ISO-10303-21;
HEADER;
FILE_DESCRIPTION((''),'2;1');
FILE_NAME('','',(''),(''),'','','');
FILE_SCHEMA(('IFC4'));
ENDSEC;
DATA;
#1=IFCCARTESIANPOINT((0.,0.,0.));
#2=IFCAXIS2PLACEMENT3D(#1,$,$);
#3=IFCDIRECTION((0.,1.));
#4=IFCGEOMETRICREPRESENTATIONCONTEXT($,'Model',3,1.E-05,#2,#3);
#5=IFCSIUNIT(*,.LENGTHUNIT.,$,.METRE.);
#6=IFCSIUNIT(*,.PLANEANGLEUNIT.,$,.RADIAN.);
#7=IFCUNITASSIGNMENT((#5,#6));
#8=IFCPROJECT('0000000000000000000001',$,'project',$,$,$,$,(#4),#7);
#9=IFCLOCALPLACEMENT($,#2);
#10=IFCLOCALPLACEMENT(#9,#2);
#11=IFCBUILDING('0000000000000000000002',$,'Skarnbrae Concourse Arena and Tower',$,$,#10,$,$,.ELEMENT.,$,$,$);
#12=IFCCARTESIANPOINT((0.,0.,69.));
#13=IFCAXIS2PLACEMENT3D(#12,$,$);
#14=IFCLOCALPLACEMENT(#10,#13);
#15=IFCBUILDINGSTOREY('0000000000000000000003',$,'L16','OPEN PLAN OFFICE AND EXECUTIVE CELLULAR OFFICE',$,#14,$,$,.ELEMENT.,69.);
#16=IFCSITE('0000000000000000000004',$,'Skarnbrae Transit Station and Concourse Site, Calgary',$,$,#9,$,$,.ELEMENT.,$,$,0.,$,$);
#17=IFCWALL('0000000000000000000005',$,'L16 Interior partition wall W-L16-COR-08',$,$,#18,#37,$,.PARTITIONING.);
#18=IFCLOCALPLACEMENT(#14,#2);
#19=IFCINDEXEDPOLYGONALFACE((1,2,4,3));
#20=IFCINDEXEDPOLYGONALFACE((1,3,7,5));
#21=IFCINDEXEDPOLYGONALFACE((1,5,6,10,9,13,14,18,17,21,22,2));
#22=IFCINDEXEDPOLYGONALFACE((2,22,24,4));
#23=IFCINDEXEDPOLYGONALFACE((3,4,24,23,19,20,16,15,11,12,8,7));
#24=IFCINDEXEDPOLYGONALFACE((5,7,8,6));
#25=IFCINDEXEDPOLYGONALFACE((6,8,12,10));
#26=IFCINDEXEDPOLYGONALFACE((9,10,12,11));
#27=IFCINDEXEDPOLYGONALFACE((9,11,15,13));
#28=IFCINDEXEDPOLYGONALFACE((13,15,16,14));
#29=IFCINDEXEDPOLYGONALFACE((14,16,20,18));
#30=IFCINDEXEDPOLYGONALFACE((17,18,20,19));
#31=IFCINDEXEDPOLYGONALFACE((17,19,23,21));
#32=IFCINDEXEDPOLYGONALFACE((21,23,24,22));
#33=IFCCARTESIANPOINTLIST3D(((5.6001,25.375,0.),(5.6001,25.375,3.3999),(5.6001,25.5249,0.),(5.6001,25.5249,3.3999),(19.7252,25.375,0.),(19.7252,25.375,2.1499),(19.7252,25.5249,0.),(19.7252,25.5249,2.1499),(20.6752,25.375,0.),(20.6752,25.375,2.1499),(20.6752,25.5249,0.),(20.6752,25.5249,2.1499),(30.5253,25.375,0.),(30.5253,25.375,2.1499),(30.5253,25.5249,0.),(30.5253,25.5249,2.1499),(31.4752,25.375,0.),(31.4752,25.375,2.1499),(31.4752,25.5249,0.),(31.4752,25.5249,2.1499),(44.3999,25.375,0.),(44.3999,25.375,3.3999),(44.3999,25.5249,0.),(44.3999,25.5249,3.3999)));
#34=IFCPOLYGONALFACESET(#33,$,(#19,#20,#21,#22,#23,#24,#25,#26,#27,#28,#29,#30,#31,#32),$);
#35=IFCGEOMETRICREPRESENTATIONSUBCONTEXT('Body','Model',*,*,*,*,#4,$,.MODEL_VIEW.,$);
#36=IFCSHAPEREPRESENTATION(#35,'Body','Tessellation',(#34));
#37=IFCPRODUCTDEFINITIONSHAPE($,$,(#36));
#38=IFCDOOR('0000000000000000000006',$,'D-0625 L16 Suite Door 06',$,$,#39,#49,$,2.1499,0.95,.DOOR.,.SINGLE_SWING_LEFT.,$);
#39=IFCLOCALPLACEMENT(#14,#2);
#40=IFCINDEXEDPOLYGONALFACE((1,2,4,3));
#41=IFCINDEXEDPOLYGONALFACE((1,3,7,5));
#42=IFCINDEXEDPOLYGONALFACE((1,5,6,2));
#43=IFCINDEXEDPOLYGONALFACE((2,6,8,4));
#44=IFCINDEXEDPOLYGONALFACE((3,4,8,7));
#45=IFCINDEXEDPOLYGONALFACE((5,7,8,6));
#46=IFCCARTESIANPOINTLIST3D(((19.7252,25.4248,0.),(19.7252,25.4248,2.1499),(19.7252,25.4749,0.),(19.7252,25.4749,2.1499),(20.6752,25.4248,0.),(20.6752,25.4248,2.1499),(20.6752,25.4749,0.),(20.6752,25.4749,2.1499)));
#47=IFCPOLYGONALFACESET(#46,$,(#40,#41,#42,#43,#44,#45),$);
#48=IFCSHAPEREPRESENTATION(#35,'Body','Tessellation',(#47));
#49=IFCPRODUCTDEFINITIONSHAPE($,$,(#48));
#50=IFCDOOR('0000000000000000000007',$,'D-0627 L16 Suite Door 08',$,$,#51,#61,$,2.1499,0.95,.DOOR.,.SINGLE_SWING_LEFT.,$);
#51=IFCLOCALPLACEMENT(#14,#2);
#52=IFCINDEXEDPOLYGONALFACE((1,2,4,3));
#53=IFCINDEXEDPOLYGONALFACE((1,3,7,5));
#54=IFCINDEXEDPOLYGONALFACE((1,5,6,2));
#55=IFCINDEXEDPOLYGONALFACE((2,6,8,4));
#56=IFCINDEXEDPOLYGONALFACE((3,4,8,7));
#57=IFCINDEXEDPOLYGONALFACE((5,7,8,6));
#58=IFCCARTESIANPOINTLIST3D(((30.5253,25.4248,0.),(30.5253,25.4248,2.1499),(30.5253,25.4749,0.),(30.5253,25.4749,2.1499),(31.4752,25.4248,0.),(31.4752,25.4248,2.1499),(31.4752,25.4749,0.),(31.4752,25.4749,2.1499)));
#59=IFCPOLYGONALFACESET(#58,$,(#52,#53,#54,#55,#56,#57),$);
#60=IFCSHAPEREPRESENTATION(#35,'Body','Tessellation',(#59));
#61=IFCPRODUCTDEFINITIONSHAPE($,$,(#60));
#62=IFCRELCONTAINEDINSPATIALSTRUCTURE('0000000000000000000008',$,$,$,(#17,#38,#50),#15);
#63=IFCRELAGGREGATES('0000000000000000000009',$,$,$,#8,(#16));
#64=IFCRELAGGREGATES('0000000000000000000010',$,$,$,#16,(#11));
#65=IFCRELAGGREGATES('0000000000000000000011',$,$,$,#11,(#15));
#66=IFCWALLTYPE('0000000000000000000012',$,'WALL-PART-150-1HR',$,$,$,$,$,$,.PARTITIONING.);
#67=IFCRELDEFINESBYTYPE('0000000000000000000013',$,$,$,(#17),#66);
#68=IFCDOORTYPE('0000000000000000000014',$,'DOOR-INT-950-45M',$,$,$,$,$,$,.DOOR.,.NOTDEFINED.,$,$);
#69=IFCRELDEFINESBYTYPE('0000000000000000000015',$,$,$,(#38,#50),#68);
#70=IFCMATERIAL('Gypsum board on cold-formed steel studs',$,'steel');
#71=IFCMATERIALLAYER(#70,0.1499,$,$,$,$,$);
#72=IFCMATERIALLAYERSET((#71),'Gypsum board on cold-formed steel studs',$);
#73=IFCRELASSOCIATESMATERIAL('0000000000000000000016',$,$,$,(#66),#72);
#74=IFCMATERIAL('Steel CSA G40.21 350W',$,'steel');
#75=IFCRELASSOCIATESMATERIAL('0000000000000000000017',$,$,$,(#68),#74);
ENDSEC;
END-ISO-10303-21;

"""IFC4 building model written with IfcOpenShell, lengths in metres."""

from ifc_helpers import new_model, si_unit, direction, frame, frame_2d, origin, place, context, subcontext, project, spatial, rectangle, extrude, source, transform, mapped, material, layer, layer_set, type_object, element, fill, save


model = new_model("IFC4")

# Units and contexts
model_context = context("Model", 3, precision=1e-05, world=origin(), true_north=direction((0.0, 1.0)))
body_context = subcontext(model_context, "Body", "Model", "MODEL_VIEW")
ifc_project = project(units=[si_unit("LENGTHUNIT", "METRE"), si_unit("PLANEANGLEUNIT", "RADIAN")], contexts=[model_context])

# Site, building, storey
site_placement = place(None, origin())
site = spatial("IfcSite", under=ifc_project, at=site_placement, Name="Skarnbrae Transit Station and Concourse Site, Calgary", CompositionType="ELEMENT", RefElevation=0.0)
building_placement = place(site_placement, origin())
building = spatial("IfcBuilding", under=site, at=building_placement, Name="Skarnbrae Concourse Arena and Tower", CompositionType="ELEMENT")
storey_placement = place(building_placement, frame((0.0, 0.0, 69.0)))
storey = spatial("IfcBuildingStorey", under=building, at=storey_placement, Name="L16", Description="OPEN PLAN OFFICE AND EXECUTIVE CELLULAR OFFICE", CompositionType="ELEMENT", Elevation=69.0)

# Shared definitions
ifc_material_1 = material(Name="Steel CSA G40.21 350W", Category="steel")

# Shared definitions
ifc_material_2 = material(Name="Gypsum board on cold-formed steel studs", Category="steel")
ifc_layer_1 = layer(ifc_material_2, 0.1499)
ifc_layer_set_1 = layer_set([ifc_layer_1], Name="Gypsum board on cold-formed steel studs")
wall_type = type_object("IfcWallType", Name="WALL-PART-150-1HR", PredefinedType="PARTITIONING", material=ifc_layer_set_1)

# Shared definitions
door_type = type_object("IfcDoorType", Name="DOOR-INT-950-45M", OperationType="NOTDEFINED", PredefinedType="DOOR", material=ifc_material_1)
shared_shape_1 = source(origin(), body_context, "Body", "SweptSolid", [
    extrude(rectangle(XDim=0.95, YDim=2.1499, at=frame_2d((0.4751, 1.075))), frame((0.0, 0.0249, 0.0), z_axis=(0.0, -1.0, 0.0), x_axis=(1.0, 0.0, 0.0)), (0.0, 0.0, 1.0), 0.05),
])

# Wall, openings, doors
shared_shape_2 = source(origin(), body_context, "Body", "SweptSolid", [
    extrude(rectangle(XDim=38.7998, YDim=0.1499, at=frame_2d((19.3999, 0.0))), origin(), (0.0, 0.0, 1.0), 3.3999),
])
wall_1_placement = place(storey_placement, frame((5.6001, 25.45, 0.0), z_axis=(0.0, 0.0, 1.0), x_axis=(1.0, 0.0, 0.0)))
wall_1 = element("IfcWall", 1, at=wall_1_placement, inside=storey, type_object=wall_type, Name="L16 Interior partition wall W-L16-COR-08", PredefinedType="PARTITIONING", context=body_context, shape_type="MappedRepresentation", body=[
    mapped(shared_shape_2, transform((0.0, 0.0, 0.0))),
])
opening_1_placement = place(wall_1_placement, frame((14.125, 0.0, 0.0)))
opening_1 = element("IfcOpeningElement", 2, at=opening_1_placement, cuts=wall_1, PredefinedType="OPENING", context=body_context, shape_type="SweptSolid", body=[
    extrude(rectangle(XDim=0.95, YDim=2.1499, at=frame_2d((0.4751, 1.075))), frame((0.0, 0.085, 0.0), z_axis=(0.0, -1.0, 0.0), x_axis=(1.0, 0.0, 0.0)), (0.0, 0.0, 1.0), 0.1699),
])
opening_2_placement = place(wall_1_placement, frame((24.925, 0.0, 0.0)))
opening_2 = element("IfcOpeningElement", 3, at=opening_2_placement, cuts=wall_1, PredefinedType="OPENING", context=body_context, shape_type="SweptSolid", body=[
    extrude(rectangle(XDim=0.95, YDim=2.1499, at=frame_2d((0.4751, 1.075))), frame((0.0, 0.085, 0.0), z_axis=(0.0, -1.0, 0.0), x_axis=(1.0, 0.0, 0.0)), (0.0, 0.0, 1.0), 0.1699),
])
door_1_placement = place(opening_1_placement, origin())
door_1 = element("IfcDoor", 4, at=door_1_placement, inside=storey, type_object=door_type, Name="D-0625 L16 Suite Door 06", OperationType="SINGLE_SWING_LEFT", OverallHeight=2.1499, OverallWidth=0.95, PredefinedType="DOOR", context=body_context, shape_type="MappedRepresentation", body=[
    mapped(shared_shape_1, transform((0.0, 0.0, 0.0))),
])
fill(opening_1, door_1)
door_2_placement = place(opening_2_placement, origin())
door_2 = element("IfcDoor", 5, at=door_2_placement, inside=storey, type_object=door_type, Name="D-0627 L16 Suite Door 08", OperationType="SINGLE_SWING_LEFT", OverallHeight=2.1499, OverallWidth=0.95, PredefinedType="DOOR", context=body_context, shape_type="MappedRepresentation", body=[
    mapped(shared_shape_1, transform((0.0, 0.0, 0.0))),
])
fill(opening_2, door_2)

save(model, "model.ifc")
